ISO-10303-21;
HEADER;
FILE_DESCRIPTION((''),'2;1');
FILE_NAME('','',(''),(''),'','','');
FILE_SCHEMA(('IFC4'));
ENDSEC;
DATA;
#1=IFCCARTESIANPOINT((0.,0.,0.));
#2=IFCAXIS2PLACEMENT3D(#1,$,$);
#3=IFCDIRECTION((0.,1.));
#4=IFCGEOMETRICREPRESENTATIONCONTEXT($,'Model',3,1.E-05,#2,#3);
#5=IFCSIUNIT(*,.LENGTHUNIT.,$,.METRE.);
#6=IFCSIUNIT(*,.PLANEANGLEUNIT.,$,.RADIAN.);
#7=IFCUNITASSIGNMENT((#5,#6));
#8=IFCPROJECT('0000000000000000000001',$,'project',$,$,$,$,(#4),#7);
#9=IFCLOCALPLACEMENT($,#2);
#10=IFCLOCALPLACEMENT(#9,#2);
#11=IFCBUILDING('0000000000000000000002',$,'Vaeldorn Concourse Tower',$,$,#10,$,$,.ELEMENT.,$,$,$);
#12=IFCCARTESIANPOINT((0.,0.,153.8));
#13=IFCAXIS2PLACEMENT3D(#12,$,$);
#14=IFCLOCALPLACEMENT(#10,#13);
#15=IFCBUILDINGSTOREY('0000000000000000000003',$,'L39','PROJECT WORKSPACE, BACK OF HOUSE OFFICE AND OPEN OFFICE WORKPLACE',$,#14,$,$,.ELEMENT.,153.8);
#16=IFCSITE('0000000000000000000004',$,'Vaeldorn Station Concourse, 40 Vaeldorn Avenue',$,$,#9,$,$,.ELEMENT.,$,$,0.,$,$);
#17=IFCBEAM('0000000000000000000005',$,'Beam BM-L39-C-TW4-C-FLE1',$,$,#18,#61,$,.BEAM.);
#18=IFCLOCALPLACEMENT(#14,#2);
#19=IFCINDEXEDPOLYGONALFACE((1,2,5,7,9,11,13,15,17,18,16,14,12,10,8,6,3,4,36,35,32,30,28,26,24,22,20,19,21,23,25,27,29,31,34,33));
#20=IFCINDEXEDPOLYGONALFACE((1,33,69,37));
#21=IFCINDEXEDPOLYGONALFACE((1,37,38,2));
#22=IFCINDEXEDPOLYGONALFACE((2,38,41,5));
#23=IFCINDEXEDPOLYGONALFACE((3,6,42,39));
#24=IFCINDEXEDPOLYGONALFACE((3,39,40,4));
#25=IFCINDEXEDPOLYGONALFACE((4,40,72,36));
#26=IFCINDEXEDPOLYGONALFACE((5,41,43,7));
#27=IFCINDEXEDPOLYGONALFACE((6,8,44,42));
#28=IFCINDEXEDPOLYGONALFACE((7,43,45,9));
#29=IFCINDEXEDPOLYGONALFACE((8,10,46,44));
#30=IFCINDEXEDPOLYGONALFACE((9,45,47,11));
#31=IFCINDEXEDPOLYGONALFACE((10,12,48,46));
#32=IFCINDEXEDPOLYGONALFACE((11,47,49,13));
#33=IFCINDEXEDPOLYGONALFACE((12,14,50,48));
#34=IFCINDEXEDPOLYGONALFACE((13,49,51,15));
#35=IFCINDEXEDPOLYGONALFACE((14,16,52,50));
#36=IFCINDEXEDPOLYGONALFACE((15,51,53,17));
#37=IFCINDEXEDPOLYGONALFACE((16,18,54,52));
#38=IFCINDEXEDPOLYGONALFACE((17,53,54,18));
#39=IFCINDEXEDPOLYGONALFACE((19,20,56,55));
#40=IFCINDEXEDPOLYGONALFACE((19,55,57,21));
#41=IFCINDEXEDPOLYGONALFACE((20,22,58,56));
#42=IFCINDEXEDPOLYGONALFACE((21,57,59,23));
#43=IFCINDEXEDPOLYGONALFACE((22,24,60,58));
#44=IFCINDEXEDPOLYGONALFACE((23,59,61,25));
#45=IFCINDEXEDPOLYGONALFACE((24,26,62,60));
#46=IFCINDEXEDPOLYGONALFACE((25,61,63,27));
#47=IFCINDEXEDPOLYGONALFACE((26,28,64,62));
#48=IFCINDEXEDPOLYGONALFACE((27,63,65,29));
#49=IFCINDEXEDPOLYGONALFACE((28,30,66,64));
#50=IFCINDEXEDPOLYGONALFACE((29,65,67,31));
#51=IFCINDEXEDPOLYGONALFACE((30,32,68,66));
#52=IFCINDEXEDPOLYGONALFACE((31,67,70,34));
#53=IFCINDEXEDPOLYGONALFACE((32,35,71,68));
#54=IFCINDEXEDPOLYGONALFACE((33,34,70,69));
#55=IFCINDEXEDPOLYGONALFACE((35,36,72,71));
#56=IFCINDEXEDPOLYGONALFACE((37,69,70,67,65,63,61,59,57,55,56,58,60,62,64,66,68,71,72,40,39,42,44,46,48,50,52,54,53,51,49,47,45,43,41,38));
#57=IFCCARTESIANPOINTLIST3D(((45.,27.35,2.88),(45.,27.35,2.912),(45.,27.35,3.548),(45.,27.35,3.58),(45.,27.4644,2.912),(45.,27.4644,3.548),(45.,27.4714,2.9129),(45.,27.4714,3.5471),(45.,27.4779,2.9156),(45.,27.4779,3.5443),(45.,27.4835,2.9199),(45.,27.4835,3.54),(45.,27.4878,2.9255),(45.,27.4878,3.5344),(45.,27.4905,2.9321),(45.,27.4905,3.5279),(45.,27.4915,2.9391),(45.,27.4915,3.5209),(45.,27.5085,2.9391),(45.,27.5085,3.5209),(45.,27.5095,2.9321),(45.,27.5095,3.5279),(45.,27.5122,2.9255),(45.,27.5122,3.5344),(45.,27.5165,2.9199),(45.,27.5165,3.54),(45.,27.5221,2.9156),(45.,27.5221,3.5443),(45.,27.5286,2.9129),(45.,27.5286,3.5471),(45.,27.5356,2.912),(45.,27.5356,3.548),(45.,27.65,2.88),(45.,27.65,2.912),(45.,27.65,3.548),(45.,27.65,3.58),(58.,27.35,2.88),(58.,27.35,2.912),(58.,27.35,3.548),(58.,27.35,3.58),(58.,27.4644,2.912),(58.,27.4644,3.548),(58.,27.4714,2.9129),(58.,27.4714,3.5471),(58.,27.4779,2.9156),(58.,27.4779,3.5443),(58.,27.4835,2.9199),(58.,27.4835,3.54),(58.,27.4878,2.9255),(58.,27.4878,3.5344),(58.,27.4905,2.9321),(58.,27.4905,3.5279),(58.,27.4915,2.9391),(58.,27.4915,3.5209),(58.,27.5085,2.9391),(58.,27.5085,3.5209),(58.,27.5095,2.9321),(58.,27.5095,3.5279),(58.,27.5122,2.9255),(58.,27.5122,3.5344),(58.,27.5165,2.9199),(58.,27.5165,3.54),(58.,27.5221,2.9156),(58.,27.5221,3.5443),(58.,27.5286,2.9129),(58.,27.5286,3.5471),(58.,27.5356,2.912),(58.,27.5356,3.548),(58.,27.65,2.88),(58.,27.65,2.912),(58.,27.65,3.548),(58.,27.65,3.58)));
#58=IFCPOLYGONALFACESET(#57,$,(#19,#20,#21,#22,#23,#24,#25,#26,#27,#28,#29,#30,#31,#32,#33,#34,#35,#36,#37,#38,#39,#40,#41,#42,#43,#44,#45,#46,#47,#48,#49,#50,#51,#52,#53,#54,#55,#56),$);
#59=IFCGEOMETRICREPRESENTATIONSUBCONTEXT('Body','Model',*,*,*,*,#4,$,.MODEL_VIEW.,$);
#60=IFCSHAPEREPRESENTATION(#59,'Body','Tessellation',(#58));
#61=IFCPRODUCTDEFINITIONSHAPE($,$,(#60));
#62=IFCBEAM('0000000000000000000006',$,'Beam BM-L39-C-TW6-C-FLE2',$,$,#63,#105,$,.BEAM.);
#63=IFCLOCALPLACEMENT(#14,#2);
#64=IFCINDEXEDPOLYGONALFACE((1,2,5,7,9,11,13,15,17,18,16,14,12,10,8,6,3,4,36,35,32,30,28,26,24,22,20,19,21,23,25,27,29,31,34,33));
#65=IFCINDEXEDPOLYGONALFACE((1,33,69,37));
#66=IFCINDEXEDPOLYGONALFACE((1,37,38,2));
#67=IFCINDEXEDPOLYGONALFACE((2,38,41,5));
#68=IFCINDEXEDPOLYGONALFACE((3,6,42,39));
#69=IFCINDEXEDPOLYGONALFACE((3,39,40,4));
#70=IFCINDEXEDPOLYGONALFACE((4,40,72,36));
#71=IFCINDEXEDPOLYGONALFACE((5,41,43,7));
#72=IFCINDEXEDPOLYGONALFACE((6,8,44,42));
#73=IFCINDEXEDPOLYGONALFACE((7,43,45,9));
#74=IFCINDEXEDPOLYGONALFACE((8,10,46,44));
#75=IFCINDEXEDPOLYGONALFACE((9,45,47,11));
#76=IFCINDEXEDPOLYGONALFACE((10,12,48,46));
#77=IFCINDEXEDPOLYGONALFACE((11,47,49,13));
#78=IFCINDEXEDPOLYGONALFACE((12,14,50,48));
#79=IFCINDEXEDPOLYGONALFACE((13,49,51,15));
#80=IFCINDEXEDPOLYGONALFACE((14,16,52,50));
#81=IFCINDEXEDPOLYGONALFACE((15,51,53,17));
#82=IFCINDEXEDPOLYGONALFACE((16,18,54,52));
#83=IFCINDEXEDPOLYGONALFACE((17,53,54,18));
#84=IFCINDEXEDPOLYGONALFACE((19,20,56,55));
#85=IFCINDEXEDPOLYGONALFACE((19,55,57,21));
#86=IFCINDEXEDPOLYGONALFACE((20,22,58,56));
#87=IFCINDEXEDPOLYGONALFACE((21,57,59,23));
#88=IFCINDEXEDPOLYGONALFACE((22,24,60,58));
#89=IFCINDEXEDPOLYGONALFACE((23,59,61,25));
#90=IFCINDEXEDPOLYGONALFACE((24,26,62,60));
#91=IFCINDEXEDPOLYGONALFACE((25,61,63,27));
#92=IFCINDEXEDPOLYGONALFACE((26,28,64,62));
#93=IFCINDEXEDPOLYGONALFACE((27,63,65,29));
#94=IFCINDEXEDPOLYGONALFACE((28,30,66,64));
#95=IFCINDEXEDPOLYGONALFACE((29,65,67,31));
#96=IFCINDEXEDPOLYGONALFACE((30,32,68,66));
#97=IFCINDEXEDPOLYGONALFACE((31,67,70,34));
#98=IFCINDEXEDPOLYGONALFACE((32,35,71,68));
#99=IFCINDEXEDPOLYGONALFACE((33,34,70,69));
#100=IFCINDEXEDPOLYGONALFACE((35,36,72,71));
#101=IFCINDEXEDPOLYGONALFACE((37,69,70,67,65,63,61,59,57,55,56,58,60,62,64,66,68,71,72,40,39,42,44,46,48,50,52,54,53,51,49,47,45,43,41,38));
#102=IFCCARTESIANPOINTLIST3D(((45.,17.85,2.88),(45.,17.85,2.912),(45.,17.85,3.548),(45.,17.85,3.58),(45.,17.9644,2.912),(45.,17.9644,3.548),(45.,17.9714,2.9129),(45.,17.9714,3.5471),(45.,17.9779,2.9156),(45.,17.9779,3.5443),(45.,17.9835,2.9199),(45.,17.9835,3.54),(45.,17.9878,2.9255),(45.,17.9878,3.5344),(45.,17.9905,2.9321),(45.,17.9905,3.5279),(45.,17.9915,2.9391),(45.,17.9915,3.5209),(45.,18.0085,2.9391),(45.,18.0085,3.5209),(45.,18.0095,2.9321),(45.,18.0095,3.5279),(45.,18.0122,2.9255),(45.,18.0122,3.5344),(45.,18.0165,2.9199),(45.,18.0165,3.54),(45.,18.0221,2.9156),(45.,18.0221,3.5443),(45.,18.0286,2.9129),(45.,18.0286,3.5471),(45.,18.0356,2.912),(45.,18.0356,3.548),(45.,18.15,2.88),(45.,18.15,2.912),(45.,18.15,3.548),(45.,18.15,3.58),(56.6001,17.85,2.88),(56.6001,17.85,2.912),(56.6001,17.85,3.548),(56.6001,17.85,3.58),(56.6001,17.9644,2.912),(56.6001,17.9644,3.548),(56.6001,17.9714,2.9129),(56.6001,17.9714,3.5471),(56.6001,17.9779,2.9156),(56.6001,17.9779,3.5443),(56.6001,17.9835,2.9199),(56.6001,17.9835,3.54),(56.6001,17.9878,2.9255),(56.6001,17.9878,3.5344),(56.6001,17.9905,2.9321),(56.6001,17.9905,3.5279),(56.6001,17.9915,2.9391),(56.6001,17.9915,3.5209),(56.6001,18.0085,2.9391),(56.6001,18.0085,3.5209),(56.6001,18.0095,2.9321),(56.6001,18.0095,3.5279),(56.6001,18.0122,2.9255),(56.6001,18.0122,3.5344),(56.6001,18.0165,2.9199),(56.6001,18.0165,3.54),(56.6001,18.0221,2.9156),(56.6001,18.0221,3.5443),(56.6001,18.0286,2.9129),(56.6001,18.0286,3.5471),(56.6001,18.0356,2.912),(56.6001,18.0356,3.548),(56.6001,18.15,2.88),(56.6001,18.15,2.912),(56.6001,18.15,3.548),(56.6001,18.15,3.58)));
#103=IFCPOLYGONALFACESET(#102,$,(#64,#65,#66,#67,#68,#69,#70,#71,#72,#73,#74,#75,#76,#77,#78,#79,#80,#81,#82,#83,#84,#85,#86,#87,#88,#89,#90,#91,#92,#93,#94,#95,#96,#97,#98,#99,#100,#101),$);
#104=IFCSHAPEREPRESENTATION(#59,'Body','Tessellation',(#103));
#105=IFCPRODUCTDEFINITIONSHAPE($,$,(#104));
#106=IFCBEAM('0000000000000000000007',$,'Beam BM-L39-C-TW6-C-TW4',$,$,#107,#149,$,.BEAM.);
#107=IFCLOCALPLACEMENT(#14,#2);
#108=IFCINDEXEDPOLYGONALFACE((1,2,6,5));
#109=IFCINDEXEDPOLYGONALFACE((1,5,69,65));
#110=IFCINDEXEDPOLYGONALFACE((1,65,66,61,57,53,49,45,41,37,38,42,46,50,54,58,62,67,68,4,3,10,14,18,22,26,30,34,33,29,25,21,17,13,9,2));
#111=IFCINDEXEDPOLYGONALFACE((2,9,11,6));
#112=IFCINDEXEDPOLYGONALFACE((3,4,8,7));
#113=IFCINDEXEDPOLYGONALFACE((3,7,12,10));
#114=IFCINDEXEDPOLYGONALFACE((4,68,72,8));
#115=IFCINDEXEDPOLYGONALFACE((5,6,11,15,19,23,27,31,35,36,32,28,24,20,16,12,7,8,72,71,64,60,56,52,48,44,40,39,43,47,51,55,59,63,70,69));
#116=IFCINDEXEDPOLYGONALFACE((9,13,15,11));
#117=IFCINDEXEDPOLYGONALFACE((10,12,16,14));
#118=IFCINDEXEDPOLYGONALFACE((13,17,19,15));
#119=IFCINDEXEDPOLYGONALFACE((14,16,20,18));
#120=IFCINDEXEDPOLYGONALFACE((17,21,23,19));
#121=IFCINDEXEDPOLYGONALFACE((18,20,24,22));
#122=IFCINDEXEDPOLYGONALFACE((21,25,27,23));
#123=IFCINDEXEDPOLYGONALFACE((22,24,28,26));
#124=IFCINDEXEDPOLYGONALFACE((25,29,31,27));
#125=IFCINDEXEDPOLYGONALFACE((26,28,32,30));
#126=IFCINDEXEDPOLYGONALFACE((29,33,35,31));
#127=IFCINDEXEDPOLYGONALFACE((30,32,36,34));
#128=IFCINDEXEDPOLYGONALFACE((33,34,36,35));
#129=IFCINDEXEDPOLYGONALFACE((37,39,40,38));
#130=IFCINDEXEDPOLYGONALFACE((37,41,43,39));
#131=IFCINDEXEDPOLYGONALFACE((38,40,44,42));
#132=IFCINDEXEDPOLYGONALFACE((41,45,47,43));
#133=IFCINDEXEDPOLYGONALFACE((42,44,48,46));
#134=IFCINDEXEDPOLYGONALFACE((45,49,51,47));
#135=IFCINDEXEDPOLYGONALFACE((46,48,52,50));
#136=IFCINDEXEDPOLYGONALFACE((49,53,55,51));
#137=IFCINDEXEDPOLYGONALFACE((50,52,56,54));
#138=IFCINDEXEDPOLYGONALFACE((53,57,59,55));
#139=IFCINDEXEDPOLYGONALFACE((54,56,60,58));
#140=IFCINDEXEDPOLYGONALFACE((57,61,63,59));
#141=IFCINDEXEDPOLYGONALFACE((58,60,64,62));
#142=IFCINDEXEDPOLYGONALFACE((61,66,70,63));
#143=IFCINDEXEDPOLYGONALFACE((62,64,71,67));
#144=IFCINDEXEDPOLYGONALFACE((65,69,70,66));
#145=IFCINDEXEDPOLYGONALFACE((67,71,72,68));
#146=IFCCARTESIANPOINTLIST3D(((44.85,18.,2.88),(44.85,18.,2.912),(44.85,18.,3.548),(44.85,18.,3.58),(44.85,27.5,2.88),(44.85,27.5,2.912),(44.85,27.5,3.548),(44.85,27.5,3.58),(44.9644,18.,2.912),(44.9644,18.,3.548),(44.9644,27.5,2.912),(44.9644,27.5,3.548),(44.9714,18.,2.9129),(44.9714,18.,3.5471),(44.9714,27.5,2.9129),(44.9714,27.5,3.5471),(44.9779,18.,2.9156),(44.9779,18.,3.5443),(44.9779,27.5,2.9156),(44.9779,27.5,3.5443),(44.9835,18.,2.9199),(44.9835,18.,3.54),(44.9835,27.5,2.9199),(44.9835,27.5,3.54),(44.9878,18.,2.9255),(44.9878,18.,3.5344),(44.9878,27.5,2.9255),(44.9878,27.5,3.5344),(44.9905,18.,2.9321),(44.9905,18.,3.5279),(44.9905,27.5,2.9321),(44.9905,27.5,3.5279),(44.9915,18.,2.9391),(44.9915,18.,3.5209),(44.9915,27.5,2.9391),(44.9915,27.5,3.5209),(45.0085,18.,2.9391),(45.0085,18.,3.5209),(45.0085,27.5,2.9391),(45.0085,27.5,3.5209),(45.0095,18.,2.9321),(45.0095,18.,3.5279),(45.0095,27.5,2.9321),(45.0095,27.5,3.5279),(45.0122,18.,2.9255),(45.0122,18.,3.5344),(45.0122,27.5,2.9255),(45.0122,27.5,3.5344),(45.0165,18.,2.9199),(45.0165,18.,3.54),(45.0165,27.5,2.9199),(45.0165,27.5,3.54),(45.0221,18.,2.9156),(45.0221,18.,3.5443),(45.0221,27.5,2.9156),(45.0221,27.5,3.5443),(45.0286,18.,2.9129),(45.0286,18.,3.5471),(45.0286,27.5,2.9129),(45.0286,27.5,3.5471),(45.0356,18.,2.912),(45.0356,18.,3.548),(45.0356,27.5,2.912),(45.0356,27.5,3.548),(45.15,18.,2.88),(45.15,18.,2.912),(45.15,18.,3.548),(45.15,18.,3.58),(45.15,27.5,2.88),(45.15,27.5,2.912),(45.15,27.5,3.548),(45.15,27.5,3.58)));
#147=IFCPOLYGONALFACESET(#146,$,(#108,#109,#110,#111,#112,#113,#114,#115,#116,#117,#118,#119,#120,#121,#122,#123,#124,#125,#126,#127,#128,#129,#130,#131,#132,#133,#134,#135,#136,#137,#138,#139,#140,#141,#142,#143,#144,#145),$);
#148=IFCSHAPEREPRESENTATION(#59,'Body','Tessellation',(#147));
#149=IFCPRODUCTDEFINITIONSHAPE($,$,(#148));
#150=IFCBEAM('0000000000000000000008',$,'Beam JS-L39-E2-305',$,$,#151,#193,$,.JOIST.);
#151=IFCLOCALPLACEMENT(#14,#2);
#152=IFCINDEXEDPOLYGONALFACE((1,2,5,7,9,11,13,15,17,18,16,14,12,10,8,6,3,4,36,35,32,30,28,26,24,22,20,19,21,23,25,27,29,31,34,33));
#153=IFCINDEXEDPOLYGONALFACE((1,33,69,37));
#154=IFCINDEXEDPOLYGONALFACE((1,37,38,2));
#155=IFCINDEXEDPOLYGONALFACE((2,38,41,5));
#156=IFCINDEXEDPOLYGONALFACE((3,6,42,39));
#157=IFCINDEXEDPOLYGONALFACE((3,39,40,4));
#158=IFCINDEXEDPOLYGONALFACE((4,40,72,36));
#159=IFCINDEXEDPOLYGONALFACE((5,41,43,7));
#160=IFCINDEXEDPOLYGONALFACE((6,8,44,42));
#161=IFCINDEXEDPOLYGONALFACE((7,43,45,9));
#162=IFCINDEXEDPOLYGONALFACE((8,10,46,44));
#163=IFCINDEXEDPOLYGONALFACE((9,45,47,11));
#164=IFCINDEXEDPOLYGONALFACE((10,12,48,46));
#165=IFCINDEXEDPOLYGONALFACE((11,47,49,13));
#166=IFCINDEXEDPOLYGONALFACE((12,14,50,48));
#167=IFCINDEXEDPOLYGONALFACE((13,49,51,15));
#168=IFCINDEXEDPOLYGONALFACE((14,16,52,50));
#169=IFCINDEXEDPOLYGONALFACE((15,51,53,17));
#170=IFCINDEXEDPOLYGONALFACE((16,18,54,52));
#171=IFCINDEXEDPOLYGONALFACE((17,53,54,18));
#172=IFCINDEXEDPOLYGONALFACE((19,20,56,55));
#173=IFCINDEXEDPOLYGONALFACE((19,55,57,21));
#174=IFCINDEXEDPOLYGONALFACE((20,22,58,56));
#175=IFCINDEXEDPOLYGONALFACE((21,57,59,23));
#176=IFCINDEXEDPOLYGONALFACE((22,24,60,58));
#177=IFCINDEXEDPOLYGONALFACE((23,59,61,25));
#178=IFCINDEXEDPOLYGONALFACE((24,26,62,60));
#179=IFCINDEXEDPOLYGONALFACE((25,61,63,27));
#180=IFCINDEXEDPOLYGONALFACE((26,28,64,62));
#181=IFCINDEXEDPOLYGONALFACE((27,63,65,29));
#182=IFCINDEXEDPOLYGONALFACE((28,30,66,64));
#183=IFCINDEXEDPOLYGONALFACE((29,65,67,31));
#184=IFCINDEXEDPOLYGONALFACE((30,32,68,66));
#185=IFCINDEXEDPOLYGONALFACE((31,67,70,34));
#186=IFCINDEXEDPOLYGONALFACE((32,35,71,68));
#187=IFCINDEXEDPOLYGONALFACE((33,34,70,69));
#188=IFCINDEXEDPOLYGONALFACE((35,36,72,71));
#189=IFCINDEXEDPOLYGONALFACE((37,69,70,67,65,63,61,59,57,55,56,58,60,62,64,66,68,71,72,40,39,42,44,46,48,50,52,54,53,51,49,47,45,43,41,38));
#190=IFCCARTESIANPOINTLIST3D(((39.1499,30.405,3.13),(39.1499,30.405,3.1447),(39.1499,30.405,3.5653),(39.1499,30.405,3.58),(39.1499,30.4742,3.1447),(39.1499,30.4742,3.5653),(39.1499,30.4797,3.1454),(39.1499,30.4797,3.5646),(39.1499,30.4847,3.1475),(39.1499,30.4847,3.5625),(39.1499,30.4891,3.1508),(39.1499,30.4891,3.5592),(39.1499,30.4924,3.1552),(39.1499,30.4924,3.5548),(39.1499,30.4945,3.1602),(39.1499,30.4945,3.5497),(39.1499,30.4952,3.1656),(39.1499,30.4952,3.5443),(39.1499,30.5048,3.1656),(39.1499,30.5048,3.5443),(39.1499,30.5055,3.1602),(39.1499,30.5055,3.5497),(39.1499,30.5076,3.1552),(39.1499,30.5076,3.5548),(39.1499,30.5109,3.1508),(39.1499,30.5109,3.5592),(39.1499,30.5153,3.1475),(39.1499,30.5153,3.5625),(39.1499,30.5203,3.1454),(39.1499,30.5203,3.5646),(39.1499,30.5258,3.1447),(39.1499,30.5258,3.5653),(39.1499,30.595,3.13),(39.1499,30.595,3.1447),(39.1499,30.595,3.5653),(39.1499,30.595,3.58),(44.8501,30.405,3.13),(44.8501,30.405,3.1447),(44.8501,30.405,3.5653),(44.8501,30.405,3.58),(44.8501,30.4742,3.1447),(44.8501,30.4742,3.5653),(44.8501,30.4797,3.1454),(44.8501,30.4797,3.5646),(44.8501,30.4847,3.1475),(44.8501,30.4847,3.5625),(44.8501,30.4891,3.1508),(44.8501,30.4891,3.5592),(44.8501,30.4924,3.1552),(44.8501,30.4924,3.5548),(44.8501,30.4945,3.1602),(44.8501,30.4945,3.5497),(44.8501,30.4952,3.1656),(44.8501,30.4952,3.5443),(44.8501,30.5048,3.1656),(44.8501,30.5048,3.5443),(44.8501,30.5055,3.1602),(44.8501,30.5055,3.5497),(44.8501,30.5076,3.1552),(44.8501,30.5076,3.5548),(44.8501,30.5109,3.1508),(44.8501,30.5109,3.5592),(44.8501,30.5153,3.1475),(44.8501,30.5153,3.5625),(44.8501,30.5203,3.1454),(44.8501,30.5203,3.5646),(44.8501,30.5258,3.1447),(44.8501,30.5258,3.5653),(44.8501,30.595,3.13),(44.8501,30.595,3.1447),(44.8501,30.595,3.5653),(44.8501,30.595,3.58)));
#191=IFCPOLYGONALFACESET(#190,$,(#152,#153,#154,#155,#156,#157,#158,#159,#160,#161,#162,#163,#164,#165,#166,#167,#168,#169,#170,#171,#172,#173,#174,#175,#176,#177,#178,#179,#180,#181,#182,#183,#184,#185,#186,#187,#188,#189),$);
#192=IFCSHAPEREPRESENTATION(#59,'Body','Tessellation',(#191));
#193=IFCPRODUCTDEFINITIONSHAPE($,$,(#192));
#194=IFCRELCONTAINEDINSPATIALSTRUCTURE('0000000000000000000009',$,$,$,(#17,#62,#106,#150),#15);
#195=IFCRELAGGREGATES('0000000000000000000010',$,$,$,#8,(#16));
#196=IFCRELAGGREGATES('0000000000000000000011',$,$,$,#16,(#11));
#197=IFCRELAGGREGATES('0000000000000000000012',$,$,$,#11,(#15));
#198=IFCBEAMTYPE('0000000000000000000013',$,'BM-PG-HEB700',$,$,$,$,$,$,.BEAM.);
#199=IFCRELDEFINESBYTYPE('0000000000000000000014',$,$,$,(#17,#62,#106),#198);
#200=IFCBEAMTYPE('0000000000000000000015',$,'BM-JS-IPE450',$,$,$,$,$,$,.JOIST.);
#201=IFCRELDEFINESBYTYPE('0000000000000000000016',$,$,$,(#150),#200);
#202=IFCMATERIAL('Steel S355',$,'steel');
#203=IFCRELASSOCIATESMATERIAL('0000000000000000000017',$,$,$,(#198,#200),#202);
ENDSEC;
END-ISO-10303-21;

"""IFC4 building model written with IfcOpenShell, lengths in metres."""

from ifc_helpers import new_model, si_unit, direction, frame, origin, origin_2d, place, context, subcontext, project, spatial, i_section, extrude, source, transform, mapped, material, material_profile, profile_set, type_object, element, save


model = new_model("IFC4")

# Units and contexts
model_context = context("Model", 3, precision=1e-05, world=origin(), true_north=direction((0.0, 1.0)))
body_context = subcontext(model_context, "Body", "Model", "MODEL_VIEW")
ifc_project = project(units=[si_unit("LENGTHUNIT", "METRE"), si_unit("PLANEANGLEUNIT", "RADIAN")], contexts=[model_context])

# Site, building, storey
site_placement = place(None, origin())
site = spatial("IfcSite", under=ifc_project, at=site_placement, Name="Vaeldorn Station Concourse, 40 Vaeldorn Avenue", CompositionType="ELEMENT", RefElevation=0.0)
building_placement = place(site_placement, origin())
building = spatial("IfcBuilding", under=site, at=building_placement, Name="Vaeldorn Concourse Tower", CompositionType="ELEMENT")
storey_placement = place(building_placement, frame((0.0, 0.0, 153.8)))
storey = spatial("IfcBuildingStorey", under=building, at=storey_placement, Name="L39", Description="PROJECT WORKSPACE, BACK OF HOUSE OFFICE AND OPEN OFFICE WORKPLACE", CompositionType="ELEMENT", Elevation=153.8)

# Beams
ifc_material_1 = material(Name="Steel S355", Category="steel")
ifc_material_profile_1 = material_profile(ifc_material_1, i_section(OverallWidth=0.3, OverallDepth=0.7, WebThickness=0.0171, FlangeThickness=0.032, FilletRadius=0.0271, at=origin_2d()), Name="HEB 700")
ifc_profile_set_1 = profile_set([ifc_material_profile_1], Name="Steel S355")
beam_type_1 = type_object("IfcBeamType", Name="BM-PG-HEB700", PredefinedType="BEAM", material=ifc_profile_set_1)
shared_shape_1 = source(origin(), body_context, "Body", "SweptSolid", [
    extrude(i_section(OverallWidth=0.3, OverallDepth=0.7, WebThickness=0.0171, FlangeThickness=0.032, FilletRadius=0.0271, at=origin_2d()), origin(), (0.0, 0.0, 1.0), 13.0),
])
beam_1_placement = place(storey_placement, frame((45.0, 27.5, 3.23), z_axis=(1.0, 0.0, 0.0), x_axis=(0.0, 1.0, 0.0)))
element("IfcBeam", 1, at=beam_1_placement, inside=storey, type_object=beam_type_1, Name="Beam BM-L39-C-TW4-C-FLE1", PredefinedType="BEAM", context=body_context, shape_type="MappedRepresentation", body=[
    mapped(shared_shape_1, transform((0.0, 0.0, 0.0), scale=1.0)),
])
shared_shape_2 = source(origin(), body_context, "Body", "SweptSolid", [
    extrude(i_section(OverallWidth=0.3, OverallDepth=0.7, WebThickness=0.0171, FlangeThickness=0.032, FilletRadius=0.0271, at=origin_2d()), origin(), (0.0, 0.0, 1.0), 11.6001),
])
beam_2_placement = place(storey_placement, frame((45.0, 18.0, 3.23), z_axis=(1.0, 0.0, 0.0), x_axis=(0.0, 1.0, 0.0)))
element("IfcBeam", 2, at=beam_2_placement, inside=storey, type_object=beam_type_1, Name="Beam BM-L39-C-TW6-C-FLE2", PredefinedType="BEAM", context=body_context, shape_type="MappedRepresentation", body=[
    mapped(shared_shape_2, transform((0.0, 0.0, 0.0), scale=1.0)),
])
shared_shape_3 = source(origin(), body_context, "Body", "SweptSolid", [
    extrude(i_section(OverallWidth=0.3, OverallDepth=0.7, WebThickness=0.0171, FlangeThickness=0.032, FilletRadius=0.0271, at=origin_2d()), origin(), (0.0, 0.0, 1.0), 9.5),
])
beam_3_placement = place(storey_placement, frame((45.0, 18.0, 3.23), z_axis=(0.0, 1.0, 0.0), x_axis=(-1.0, 0.0, 0.0)))
element("IfcBeam", 3, at=beam_3_placement, inside=storey, type_object=beam_type_1, Name="Beam BM-L39-C-TW6-C-TW4", PredefinedType="BEAM", context=body_context, shape_type="MappedRepresentation", body=[
    mapped(shared_shape_3, transform((0.0, 0.0, 0.0), scale=1.0)),
])
ifc_material_profile_2 = material_profile(ifc_material_1, i_section(OverallWidth=0.1899, OverallDepth=0.45, WebThickness=0.0095, FlangeThickness=0.0146, FilletRadius=0.021, at=origin_2d()), Name="IPE 450")
ifc_profile_set_2 = profile_set([ifc_material_profile_2], Name="Steel S355")
beam_type_2 = type_object("IfcBeamType", Name="BM-JS-IPE450", PredefinedType="JOIST", material=ifc_profile_set_2)
shared_shape_4 = source(origin(), body_context, "Body", "SweptSolid", [
    extrude(i_section(OverallWidth=0.1899, OverallDepth=0.45, WebThickness=0.0095, FlangeThickness=0.0146, FilletRadius=0.021, at=origin_2d()), origin(), (0.0, 0.0, 1.0), 5.7002),
])
for number, where, z_axis, x_axis, name in (
    (4, (39.1499, 30.5, 3.355), (1.0, 0.0, 0.0), (0.0, 1.0, 0.0), "Beam JS-L39-E2-305"),
):
    element("IfcBeam", number, at=place(storey_placement, frame(where, z_axis=z_axis, x_axis=x_axis)), inside=storey, type_object=beam_type_2, Name=name, PredefinedType="JOIST", context=body_context, shape_type="MappedRepresentation", body=[
        mapped(shared_shape_4, transform((0.0, 0.0, 0.0), scale=1.0)),
    ])

save(model, "model.ifc")
